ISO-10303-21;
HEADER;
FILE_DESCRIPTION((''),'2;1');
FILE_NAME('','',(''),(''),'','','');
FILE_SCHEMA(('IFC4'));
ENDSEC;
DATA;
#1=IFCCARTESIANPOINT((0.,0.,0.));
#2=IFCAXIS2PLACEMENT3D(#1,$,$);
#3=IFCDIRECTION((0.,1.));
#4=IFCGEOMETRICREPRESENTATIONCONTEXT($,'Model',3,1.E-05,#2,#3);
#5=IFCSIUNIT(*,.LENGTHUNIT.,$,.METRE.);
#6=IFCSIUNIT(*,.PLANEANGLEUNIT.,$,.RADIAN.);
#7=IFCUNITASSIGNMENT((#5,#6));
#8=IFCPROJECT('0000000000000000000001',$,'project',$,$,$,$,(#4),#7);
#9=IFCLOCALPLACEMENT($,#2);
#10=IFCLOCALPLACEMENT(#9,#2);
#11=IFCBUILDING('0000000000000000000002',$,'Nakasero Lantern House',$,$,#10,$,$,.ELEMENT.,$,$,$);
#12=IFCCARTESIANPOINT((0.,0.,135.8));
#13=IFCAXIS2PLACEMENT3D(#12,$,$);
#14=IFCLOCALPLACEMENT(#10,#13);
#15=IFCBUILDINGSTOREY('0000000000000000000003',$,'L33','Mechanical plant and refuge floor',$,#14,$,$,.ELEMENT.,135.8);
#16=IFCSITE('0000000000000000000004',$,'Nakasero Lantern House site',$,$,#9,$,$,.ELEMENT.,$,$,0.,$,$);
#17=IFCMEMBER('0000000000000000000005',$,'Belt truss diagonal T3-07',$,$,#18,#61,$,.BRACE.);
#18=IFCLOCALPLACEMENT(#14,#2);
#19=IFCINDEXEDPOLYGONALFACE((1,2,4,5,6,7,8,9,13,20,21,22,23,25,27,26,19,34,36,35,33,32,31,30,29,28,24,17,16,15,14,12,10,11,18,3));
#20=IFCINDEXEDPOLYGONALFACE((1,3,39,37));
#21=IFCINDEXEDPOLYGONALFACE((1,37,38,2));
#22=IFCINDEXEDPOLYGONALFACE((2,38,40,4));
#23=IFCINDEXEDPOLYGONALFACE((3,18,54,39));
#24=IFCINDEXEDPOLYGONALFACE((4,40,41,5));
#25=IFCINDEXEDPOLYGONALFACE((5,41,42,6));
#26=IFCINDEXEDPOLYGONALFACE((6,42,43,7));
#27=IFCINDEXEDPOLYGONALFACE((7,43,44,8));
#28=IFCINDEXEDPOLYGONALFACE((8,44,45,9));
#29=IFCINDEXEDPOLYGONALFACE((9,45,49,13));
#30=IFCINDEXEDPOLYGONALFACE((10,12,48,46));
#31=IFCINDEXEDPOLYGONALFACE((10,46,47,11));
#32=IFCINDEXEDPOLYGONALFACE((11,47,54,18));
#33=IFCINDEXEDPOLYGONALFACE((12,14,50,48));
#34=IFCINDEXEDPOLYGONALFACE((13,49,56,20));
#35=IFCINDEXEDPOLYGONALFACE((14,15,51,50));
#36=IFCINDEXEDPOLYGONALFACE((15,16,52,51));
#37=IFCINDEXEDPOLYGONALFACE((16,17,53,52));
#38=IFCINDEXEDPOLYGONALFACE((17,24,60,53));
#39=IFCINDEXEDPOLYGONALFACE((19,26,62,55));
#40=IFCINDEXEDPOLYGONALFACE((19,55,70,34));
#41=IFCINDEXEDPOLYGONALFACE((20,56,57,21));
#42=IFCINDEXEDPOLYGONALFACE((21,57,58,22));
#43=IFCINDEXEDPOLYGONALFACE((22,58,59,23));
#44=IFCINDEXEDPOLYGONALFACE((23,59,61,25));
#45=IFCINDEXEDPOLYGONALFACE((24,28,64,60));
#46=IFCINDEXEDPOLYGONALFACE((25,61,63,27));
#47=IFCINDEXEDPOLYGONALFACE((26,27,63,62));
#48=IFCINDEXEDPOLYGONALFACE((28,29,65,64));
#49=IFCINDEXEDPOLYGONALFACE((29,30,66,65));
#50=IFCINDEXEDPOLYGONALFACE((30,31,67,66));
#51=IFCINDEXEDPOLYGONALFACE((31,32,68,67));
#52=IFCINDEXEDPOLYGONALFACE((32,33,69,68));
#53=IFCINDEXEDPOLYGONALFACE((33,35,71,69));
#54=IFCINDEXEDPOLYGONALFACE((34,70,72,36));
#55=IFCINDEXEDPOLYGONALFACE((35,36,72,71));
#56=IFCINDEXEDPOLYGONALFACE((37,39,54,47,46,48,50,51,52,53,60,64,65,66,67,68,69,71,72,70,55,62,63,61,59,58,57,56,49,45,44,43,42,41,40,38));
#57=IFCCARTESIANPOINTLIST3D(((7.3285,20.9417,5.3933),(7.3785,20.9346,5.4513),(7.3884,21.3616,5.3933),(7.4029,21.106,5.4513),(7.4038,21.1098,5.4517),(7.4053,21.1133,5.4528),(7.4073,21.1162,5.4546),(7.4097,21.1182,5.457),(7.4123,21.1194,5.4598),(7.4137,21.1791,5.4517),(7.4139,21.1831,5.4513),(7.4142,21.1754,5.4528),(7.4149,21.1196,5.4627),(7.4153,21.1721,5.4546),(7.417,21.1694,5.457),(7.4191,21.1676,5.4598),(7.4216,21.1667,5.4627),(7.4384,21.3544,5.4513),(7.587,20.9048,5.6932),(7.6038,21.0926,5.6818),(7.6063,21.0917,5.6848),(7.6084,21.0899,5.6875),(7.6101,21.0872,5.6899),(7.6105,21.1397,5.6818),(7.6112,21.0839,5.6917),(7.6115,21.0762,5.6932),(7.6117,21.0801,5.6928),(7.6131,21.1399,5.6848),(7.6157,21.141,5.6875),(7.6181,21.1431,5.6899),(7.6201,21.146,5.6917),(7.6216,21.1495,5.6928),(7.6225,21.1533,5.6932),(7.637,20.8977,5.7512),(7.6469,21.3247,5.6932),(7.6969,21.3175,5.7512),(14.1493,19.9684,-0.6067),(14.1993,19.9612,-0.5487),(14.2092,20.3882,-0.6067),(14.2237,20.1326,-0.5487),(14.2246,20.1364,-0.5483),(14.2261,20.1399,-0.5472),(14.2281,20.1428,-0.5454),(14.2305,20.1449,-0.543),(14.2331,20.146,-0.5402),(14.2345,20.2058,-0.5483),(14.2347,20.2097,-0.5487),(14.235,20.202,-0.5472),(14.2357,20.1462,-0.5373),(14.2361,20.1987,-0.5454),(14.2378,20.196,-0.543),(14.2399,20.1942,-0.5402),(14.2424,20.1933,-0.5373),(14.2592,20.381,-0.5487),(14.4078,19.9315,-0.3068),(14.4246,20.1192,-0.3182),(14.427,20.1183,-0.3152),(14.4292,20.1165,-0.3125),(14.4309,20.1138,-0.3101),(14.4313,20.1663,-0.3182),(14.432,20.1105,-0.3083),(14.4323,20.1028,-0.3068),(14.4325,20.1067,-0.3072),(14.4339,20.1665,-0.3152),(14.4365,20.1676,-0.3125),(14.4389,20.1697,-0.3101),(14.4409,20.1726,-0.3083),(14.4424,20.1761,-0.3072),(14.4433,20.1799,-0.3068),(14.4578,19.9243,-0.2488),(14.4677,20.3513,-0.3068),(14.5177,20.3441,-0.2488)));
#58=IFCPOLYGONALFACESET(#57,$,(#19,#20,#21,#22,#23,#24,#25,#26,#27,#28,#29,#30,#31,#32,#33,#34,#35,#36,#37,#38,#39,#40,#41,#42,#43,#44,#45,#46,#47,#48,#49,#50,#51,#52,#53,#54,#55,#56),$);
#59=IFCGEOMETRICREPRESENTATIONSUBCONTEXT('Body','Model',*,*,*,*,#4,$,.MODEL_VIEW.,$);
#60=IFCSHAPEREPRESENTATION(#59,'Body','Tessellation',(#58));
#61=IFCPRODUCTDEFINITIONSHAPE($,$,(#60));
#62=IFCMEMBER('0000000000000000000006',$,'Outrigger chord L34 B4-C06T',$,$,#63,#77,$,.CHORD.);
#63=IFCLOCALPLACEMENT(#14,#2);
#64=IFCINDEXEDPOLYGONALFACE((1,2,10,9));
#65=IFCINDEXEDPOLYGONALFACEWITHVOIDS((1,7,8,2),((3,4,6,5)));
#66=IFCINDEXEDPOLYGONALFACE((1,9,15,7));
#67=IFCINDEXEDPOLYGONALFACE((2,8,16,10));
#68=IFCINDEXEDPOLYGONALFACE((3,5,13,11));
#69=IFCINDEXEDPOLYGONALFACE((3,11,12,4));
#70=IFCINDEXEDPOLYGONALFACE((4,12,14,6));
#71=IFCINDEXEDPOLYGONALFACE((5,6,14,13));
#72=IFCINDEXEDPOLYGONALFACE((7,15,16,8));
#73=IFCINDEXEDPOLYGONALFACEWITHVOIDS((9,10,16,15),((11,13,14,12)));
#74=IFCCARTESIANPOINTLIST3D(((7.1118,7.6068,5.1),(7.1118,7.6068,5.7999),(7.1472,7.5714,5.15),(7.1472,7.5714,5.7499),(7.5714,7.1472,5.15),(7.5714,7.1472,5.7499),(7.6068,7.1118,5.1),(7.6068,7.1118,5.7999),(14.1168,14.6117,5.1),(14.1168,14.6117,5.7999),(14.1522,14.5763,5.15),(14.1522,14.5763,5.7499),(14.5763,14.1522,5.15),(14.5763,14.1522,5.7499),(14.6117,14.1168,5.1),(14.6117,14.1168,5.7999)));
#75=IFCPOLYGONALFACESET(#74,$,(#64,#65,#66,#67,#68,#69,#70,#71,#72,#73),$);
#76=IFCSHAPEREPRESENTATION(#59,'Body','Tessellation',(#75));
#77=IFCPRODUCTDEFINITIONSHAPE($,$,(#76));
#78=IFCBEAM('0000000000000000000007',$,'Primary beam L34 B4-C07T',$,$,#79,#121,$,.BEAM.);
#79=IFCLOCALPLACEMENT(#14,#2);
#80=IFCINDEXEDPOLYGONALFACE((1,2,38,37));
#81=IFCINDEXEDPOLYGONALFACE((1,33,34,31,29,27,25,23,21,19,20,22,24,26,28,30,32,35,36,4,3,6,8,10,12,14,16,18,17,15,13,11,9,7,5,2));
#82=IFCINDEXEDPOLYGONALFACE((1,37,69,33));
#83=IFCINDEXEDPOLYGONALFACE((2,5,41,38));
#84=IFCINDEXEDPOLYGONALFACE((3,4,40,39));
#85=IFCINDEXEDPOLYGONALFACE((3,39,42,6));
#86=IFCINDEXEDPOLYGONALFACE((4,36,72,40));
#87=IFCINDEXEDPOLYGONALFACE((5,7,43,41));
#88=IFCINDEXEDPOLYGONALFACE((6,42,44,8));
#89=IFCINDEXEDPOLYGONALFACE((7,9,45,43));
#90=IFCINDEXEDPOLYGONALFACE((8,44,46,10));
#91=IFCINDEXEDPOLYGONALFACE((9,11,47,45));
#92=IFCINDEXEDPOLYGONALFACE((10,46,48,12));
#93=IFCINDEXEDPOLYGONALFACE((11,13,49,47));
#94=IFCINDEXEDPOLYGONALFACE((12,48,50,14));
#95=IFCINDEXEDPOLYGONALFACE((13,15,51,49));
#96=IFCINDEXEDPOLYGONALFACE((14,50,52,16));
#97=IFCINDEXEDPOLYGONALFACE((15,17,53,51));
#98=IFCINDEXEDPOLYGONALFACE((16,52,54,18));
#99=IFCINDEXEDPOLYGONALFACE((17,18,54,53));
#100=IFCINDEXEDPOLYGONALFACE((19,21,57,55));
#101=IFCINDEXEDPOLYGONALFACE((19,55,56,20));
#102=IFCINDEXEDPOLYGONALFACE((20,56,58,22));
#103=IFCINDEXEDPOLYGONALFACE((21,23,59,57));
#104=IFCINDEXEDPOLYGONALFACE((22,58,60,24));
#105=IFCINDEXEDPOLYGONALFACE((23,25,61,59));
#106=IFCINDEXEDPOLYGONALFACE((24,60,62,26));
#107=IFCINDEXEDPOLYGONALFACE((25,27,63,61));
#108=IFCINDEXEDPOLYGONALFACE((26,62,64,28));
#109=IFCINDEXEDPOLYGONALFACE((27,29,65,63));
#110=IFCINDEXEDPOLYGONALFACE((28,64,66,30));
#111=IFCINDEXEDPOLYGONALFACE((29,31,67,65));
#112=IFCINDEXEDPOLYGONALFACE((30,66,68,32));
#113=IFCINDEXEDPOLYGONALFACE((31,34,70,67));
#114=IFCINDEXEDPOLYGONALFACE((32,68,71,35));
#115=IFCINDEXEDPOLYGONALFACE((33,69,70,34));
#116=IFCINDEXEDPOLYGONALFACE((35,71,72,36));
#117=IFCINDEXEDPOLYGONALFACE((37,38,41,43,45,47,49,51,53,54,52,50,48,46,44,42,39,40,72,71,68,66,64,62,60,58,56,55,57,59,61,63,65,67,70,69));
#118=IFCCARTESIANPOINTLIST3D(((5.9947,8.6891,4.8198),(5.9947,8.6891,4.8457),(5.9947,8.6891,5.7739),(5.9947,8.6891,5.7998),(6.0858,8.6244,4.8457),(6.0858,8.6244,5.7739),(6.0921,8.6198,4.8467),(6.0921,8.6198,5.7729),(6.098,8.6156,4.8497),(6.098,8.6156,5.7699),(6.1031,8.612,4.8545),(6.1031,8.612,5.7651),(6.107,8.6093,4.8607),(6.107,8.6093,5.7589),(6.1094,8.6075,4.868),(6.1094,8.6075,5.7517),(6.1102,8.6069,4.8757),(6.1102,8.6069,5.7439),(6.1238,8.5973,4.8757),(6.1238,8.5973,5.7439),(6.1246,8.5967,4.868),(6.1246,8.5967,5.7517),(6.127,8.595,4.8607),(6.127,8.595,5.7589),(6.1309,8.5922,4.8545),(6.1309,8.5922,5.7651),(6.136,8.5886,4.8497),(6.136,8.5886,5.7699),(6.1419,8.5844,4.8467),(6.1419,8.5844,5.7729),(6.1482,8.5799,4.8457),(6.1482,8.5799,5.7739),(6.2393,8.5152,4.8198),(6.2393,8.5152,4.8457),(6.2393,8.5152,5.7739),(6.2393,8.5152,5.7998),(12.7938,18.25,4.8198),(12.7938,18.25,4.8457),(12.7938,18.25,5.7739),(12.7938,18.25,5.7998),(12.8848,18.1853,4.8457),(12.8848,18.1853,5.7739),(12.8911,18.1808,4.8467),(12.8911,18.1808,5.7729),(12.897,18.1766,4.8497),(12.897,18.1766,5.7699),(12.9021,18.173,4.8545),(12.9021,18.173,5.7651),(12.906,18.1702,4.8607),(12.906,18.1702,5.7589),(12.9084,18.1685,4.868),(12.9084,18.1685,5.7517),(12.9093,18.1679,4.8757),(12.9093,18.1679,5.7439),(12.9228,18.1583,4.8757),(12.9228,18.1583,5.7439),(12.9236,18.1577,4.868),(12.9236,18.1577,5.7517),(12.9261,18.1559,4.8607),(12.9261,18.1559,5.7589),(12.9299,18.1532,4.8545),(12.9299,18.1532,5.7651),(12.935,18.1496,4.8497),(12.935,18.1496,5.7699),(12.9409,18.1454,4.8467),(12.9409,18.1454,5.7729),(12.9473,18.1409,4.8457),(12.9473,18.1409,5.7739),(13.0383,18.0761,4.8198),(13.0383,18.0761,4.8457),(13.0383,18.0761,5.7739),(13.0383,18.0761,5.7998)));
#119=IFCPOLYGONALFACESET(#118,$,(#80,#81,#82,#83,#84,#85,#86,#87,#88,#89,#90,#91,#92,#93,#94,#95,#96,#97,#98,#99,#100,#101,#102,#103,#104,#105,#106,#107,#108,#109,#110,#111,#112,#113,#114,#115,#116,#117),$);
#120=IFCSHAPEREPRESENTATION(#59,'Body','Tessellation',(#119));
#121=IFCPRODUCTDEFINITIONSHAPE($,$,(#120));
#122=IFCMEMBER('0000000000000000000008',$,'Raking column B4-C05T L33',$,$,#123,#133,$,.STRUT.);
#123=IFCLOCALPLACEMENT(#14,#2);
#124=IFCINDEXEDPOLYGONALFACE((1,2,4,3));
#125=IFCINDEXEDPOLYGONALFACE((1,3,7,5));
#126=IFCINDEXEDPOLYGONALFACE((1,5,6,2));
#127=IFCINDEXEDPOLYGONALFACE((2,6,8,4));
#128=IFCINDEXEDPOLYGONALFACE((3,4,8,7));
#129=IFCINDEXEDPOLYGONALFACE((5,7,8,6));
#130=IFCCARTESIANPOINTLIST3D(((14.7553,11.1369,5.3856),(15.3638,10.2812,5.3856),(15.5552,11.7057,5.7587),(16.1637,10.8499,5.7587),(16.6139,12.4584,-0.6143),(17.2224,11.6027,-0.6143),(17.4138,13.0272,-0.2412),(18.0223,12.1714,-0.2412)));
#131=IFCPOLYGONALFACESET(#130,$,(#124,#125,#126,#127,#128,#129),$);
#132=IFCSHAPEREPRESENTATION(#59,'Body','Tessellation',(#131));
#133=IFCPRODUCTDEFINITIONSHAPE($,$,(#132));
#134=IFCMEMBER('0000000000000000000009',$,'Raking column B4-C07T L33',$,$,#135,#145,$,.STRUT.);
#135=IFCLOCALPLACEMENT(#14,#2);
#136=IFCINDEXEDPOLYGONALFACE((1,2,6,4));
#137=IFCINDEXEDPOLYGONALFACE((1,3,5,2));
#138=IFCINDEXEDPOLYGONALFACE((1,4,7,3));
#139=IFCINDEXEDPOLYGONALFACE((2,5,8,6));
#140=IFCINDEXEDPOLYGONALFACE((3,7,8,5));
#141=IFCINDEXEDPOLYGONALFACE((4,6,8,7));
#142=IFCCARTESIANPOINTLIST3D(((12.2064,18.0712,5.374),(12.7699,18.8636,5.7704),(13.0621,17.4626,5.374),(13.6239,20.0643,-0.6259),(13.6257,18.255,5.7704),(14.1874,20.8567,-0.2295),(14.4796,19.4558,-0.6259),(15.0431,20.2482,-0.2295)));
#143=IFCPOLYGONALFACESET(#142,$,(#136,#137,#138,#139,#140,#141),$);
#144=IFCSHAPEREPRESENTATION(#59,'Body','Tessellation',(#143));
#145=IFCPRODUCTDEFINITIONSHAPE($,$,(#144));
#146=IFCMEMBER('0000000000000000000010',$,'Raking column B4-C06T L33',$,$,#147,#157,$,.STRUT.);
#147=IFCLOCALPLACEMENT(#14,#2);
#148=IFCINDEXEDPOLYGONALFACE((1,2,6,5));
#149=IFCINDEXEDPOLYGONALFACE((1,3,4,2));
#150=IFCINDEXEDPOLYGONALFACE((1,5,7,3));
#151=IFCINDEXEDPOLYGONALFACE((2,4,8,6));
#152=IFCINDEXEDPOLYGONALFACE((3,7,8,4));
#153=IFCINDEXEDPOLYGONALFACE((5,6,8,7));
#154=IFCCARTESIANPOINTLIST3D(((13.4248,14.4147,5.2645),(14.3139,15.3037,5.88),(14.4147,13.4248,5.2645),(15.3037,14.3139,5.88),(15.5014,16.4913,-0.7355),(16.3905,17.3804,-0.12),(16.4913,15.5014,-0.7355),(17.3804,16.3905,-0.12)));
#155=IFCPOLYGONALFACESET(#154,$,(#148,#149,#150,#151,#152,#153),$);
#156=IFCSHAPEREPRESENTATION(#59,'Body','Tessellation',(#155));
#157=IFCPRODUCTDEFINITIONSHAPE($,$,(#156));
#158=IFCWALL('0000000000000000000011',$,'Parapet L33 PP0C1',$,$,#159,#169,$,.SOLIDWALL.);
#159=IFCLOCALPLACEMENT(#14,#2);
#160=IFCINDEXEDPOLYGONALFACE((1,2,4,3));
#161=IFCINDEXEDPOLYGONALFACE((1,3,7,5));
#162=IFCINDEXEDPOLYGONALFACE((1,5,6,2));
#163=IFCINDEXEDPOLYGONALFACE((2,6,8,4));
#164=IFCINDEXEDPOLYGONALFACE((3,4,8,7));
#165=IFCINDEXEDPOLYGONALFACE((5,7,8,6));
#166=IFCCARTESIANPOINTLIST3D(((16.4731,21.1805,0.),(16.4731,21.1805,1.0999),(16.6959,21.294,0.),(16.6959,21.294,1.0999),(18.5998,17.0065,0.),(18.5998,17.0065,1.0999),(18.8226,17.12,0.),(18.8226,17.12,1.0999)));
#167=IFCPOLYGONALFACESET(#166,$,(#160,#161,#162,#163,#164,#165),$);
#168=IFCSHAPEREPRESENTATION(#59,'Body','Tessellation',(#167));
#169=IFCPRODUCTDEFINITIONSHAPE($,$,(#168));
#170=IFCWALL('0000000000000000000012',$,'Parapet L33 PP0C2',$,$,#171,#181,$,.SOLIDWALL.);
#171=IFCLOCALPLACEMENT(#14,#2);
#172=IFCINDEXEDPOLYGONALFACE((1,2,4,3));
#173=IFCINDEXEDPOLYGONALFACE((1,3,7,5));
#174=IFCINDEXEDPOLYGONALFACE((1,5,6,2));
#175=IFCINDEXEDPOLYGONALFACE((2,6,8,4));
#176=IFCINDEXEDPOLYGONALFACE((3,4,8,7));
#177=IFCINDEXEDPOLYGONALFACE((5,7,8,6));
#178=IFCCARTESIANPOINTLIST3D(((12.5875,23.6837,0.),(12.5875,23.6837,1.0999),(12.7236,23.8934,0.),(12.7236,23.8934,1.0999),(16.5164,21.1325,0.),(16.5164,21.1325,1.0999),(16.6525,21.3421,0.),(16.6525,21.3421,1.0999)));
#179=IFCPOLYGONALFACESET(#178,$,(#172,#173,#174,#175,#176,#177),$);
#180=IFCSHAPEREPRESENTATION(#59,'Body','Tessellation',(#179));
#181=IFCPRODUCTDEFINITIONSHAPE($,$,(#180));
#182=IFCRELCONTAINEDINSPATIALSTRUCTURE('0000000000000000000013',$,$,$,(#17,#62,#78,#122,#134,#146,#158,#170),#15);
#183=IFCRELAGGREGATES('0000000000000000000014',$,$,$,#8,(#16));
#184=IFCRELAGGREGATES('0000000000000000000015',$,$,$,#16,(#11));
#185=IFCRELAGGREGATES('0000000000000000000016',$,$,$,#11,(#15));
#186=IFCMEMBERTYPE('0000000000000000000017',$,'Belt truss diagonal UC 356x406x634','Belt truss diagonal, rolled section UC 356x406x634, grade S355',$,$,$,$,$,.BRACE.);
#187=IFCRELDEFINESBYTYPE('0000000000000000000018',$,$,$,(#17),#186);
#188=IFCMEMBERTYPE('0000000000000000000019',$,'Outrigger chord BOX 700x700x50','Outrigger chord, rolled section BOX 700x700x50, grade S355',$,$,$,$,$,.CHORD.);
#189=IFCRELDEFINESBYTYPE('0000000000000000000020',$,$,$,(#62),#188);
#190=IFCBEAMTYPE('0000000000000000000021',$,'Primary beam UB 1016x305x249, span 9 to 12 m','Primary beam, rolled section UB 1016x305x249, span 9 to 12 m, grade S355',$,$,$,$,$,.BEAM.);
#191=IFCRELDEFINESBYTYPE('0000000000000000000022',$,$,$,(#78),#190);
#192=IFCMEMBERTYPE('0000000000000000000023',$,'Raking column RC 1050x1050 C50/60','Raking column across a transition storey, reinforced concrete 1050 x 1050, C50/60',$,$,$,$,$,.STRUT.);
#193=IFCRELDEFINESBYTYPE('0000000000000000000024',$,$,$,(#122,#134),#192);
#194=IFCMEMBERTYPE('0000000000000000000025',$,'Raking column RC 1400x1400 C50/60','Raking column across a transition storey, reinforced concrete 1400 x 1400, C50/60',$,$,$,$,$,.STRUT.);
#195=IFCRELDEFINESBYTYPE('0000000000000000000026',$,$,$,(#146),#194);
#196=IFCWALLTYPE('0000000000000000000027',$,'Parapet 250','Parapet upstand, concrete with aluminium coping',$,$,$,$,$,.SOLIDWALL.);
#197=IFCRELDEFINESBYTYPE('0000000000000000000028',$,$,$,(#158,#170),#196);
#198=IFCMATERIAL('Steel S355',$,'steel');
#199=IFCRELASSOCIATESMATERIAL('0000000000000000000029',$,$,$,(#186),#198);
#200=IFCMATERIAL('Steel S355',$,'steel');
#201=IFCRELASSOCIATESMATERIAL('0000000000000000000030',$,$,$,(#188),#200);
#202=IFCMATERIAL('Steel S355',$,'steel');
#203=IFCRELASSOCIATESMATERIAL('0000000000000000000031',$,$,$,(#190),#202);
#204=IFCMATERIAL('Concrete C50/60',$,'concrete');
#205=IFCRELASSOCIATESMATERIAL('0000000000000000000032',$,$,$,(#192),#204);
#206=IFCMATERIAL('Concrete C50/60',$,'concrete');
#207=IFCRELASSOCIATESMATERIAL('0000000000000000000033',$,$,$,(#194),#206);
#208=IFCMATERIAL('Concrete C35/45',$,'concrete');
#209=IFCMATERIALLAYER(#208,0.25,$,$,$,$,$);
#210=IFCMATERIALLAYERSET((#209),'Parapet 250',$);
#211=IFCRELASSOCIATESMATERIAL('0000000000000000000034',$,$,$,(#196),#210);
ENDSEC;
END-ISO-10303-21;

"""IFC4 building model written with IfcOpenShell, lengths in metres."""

from ifc_helpers import new_model, si_unit, direction, frame, frame_2d, origin, origin_2d, place, context, subcontext, project, spatial, rectangle, hollow_rectangle, i_section, extrude, material, layer, layer_set, material_profile, profile_set, type_object, element, save


model = new_model("IFC4")

# Units and contexts
model_context = context("Model", 3, precision=1e-05, world=origin(), true_north=direction((0.0, 1.0)))
body_context = subcontext(model_context, "Body", "Model", "MODEL_VIEW")
ifc_project = project(units=[si_unit("LENGTHUNIT", "METRE"), si_unit("PLANEANGLEUNIT", "RADIAN")], contexts=[model_context])

# Site, building, storey
site_placement = place(None, origin())
site = spatial("IfcSite", under=ifc_project, at=site_placement, Name="Nakasero Lantern House site", CompositionType="ELEMENT", RefElevation=0.0)
building_placement = place(site_placement, origin())
building = spatial("IfcBuilding", under=site, at=building_placement, Name="Nakasero Lantern House", CompositionType="ELEMENT")
storey_placement = place(building_placement, frame((0.0, 0.0, 135.8)))
storey = spatial("IfcBuildingStorey", under=building, at=storey_placement, Name="L33", Description="Mechanical plant and refuge floor", CompositionType="ELEMENT", Elevation=135.8)

# Members
ifc_material_1 = material(Name="Steel S355", Category="steel")
ifc_material_profile_1 = material_profile(ifc_material_1, i_section(OverallWidth=0.4241, OverallDepth=0.4746, WebThickness=0.0476, FlangeThickness=0.0769, FilletRadius=0.0151, at=origin_2d()), Name="UC 356x406x634")
ifc_profile_set_1 = profile_set([ifc_material_profile_1], Name="Steel S355")
member_type_1 = type_object("IfcMemberType", Name="Belt truss diagonal UC 356x406x634", Description="Belt truss diagonal, rolled section UC 356x406x634, grade S355", PredefinedType="BRACE", material=ifc_profile_set_1)
member_1_placement = place(storey_placement, frame((14.3335, 20.1562, -0.4277), z_axis=(-0.746566, 0.106542, 0.656726), x_axis=(-0.141277, -0.98997, 0.0)))
element("IfcMember", 1, at=member_1_placement, inside=storey, type_object=member_type_1, Name="Belt truss diagonal T3-07", PredefinedType="BRACE", context=body_context, shape_type="SweptSolid", body=[
    extrude(i_section(OverallWidth=0.4241, OverallDepth=0.4746, WebThickness=0.0476, FlangeThickness=0.0769, FilletRadius=0.0151, at=origin_2d()), origin(), (0.0, 0.0, 1.0), 9.1362),
])
ifc_material_2 = material(Name="Steel S355", Category="steel")
ifc_material_profile_2 = material_profile(ifc_material_2, hollow_rectangle(XDim=0.7, YDim=0.7, WallThickness=0.05, at=origin_2d()), Name="BOX 700x700x50")
ifc_profile_set_2 = profile_set([ifc_material_profile_2], Name="Steel S355")
member_type_2 = type_object("IfcMemberType", Name="Outrigger chord BOX 700x700x50", Description="Outrigger chord, rolled section BOX 700x700x50, grade S355", PredefinedType="CHORD", material=ifc_profile_set_2)
member_2_placement = place(storey_placement, frame((14.3643, 14.3643, 5.45), z_axis=(-0.707107, -0.707107, 0.0), x_axis=(0.707107, -0.707107, 0.0)))
element("IfcMember", 2, at=member_2_placement, inside=storey, type_object=member_type_2, Name="Outrigger chord L34 B4-C06T", PredefinedType="CHORD", context=body_context, shape_type="SweptSolid", body=[
    extrude(hollow_rectangle(XDim=0.7, YDim=0.7, WallThickness=0.05, at=origin_2d()), origin(), (0.0, 0.0, 1.0), 9.9065),
])

# Beam
ifc_material_3 = material(Name="Steel S355", Category="steel")
ifc_material_profile_3 = material_profile(ifc_material_3, i_section(OverallWidth=0.3, OverallDepth=0.98, WebThickness=0.0166, FlangeThickness=0.0259, FilletRadius=0.03, at=origin_2d()), Name="UB 1016x305x249")
ifc_profile_set_3 = profile_set([ifc_material_profile_3], Name="Steel S355")
beam_type = type_object("IfcBeamType", Name="Primary beam UB 1016x305x249, span 9 to 12 m", Description="Primary beam, rolled section UB 1016x305x249, span 9 to 12 m, grade S355", PredefinedType="BEAM", material=ifc_profile_set_3)
beam_placement = place(storey_placement, frame((12.916, 18.1631, 5.3098), z_axis=(-0.57953, -0.814951, 0.0), x_axis=(0.814951, -0.57953, 0.0)))
element("IfcBeam", 3, at=beam_placement, inside=storey, type_object=beam_type, Name="Primary beam L34 B4-C07T", PredefinedType="BEAM", context=body_context, shape_type="SweptSolid", body=[
    extrude(i_section(OverallWidth=0.3, OverallDepth=0.98, WebThickness=0.0166, FlangeThickness=0.0259, FilletRadius=0.03, at=origin_2d()), origin(), (0.0, 0.0, 1.0), 11.7319),
])

# Members
ifc_material_4 = material(Name="Concrete C50/60", Category="concrete")
ifc_material_profile_4 = material_profile(ifc_material_4, rectangle(XDim=1.05, YDim=1.05, at=origin_2d()), Name="RC 1050x1050")
ifc_profile_set_4 = profile_set([ifc_material_profile_4], Name="Concrete C50/60")
member_type_3 = type_object("IfcMemberType", Name="Raking column RC 1050x1050 C50/60", Description="Raking column across a transition storey, reinforced concrete 1050 x 1050, C50/60", PredefinedType="STRUT", material=ifc_profile_set_4)
member_3_placement = place(storey_placement, frame((17.3181, 12.3149, -0.4277), z_axis=(-0.289562, -0.205885, 0.934754), x_axis=(0.579475, -0.81499, 0.0)))
element("IfcMember", 4, at=member_3_placement, inside=storey, type_object=member_type_3, Name="Raking column B4-C05T L33", PredefinedType="STRUT", context=body_context, shape_type="SweptSolid", body=[
    extrude(rectangle(XDim=1.05, YDim=1.05, at=origin_2d()), origin(), (0.0, 0.0, 1.0), 6.4187),
])
member_4_placement = place(storey_placement, frame((14.3335, 20.1562, -0.4277), z_axis=(-0.218769, -0.307618, 0.926019), x_axis=(0.814932, -0.579556, 0.0)))
element("IfcMember", 5, at=member_4_placement, inside=storey, type_object=member_type_3, Name="Raking column B4-C07T L33", PredefinedType="STRUT", context=body_context, shape_type="SweptSolid", body=[
    extrude(rectangle(XDim=1.05, YDim=1.05, at=origin_2d()), origin(), (0.0, 0.0, 1.0), 6.4792),
])
ifc_material_5 = material(Name="Concrete C50/60", Category="concrete")
ifc_material_profile_5 = material_profile(ifc_material_5, rectangle(XDim=1.3999, YDim=1.3999, at=origin_2d()), Name="RC 1400x1400")
ifc_profile_set_5 = profile_set([ifc_material_profile_5], Name="Concrete C50/60")
member_type_4 = type_object("IfcMemberType", Name="Raking column RC 1400x1400 C50/60", Description="Raking column across a transition storey, reinforced concrete 1400 x 1400, C50/60", PredefinedType="STRUT", material=ifc_profile_set_5)
member_5_placement = place(storey_placement, frame((16.4409, 16.4409, -0.4277), z_axis=(-0.310868, -0.310868, 0.898177), x_axis=(0.707107, -0.707107, 0.0)))
element("IfcMember", 6, at=member_5_placement, inside=storey, type_object=member_type_4, Name="Raking column B4-C06T L33", PredefinedType="STRUT", context=body_context, shape_type="SweptSolid", body=[
    extrude(rectangle(XDim=1.3999, YDim=1.3999, at=origin_2d()), origin(), (0.0, 0.0, 1.0), 6.6802),
])

# Walls
ifc_material_6 = material(Name="Concrete C35/45", Category="concrete")
ifc_layer_1 = layer(ifc_material_6, 0.25)
ifc_layer_set_1 = layer_set([ifc_layer_1], Name="Parapet 250")
wall_type_1 = type_object("IfcWallType", Name="Parapet 250", Description="Parapet upstand, concrete with aluminium coping", PredefinedType="SOLIDWALL", material=ifc_layer_set_1)
for number, where, z_axis, x_axis, name in (
    (7, (18.7112, 17.0632, 0.0), (0.0, 0.0, 1.0), (-0.453976, 0.891014, 0.0), "Parapet L33 PP0C1"),
    (8, (16.5845, 21.2373, 0.0), (0.0, 0.0, 1.0), (-0.838692, 0.544605, 0.0), "Parapet L33 PP0C2"),
):
    element("IfcWall", number, at=place(storey_placement, frame(where, z_axis=z_axis, x_axis=x_axis)), inside=storey, type_object=wall_type_1, Name=name, PredefinedType="SOLIDWALL", context=body_context, shape_type="SweptSolid", body=[
        extrude(rectangle(XDim=4.6846, YDim=0.25, at=frame_2d((2.3423, 0.0))), origin(), (0.0, 0.0, 1.0), 1.0999),
    ])

save(model, "model.ifc")
